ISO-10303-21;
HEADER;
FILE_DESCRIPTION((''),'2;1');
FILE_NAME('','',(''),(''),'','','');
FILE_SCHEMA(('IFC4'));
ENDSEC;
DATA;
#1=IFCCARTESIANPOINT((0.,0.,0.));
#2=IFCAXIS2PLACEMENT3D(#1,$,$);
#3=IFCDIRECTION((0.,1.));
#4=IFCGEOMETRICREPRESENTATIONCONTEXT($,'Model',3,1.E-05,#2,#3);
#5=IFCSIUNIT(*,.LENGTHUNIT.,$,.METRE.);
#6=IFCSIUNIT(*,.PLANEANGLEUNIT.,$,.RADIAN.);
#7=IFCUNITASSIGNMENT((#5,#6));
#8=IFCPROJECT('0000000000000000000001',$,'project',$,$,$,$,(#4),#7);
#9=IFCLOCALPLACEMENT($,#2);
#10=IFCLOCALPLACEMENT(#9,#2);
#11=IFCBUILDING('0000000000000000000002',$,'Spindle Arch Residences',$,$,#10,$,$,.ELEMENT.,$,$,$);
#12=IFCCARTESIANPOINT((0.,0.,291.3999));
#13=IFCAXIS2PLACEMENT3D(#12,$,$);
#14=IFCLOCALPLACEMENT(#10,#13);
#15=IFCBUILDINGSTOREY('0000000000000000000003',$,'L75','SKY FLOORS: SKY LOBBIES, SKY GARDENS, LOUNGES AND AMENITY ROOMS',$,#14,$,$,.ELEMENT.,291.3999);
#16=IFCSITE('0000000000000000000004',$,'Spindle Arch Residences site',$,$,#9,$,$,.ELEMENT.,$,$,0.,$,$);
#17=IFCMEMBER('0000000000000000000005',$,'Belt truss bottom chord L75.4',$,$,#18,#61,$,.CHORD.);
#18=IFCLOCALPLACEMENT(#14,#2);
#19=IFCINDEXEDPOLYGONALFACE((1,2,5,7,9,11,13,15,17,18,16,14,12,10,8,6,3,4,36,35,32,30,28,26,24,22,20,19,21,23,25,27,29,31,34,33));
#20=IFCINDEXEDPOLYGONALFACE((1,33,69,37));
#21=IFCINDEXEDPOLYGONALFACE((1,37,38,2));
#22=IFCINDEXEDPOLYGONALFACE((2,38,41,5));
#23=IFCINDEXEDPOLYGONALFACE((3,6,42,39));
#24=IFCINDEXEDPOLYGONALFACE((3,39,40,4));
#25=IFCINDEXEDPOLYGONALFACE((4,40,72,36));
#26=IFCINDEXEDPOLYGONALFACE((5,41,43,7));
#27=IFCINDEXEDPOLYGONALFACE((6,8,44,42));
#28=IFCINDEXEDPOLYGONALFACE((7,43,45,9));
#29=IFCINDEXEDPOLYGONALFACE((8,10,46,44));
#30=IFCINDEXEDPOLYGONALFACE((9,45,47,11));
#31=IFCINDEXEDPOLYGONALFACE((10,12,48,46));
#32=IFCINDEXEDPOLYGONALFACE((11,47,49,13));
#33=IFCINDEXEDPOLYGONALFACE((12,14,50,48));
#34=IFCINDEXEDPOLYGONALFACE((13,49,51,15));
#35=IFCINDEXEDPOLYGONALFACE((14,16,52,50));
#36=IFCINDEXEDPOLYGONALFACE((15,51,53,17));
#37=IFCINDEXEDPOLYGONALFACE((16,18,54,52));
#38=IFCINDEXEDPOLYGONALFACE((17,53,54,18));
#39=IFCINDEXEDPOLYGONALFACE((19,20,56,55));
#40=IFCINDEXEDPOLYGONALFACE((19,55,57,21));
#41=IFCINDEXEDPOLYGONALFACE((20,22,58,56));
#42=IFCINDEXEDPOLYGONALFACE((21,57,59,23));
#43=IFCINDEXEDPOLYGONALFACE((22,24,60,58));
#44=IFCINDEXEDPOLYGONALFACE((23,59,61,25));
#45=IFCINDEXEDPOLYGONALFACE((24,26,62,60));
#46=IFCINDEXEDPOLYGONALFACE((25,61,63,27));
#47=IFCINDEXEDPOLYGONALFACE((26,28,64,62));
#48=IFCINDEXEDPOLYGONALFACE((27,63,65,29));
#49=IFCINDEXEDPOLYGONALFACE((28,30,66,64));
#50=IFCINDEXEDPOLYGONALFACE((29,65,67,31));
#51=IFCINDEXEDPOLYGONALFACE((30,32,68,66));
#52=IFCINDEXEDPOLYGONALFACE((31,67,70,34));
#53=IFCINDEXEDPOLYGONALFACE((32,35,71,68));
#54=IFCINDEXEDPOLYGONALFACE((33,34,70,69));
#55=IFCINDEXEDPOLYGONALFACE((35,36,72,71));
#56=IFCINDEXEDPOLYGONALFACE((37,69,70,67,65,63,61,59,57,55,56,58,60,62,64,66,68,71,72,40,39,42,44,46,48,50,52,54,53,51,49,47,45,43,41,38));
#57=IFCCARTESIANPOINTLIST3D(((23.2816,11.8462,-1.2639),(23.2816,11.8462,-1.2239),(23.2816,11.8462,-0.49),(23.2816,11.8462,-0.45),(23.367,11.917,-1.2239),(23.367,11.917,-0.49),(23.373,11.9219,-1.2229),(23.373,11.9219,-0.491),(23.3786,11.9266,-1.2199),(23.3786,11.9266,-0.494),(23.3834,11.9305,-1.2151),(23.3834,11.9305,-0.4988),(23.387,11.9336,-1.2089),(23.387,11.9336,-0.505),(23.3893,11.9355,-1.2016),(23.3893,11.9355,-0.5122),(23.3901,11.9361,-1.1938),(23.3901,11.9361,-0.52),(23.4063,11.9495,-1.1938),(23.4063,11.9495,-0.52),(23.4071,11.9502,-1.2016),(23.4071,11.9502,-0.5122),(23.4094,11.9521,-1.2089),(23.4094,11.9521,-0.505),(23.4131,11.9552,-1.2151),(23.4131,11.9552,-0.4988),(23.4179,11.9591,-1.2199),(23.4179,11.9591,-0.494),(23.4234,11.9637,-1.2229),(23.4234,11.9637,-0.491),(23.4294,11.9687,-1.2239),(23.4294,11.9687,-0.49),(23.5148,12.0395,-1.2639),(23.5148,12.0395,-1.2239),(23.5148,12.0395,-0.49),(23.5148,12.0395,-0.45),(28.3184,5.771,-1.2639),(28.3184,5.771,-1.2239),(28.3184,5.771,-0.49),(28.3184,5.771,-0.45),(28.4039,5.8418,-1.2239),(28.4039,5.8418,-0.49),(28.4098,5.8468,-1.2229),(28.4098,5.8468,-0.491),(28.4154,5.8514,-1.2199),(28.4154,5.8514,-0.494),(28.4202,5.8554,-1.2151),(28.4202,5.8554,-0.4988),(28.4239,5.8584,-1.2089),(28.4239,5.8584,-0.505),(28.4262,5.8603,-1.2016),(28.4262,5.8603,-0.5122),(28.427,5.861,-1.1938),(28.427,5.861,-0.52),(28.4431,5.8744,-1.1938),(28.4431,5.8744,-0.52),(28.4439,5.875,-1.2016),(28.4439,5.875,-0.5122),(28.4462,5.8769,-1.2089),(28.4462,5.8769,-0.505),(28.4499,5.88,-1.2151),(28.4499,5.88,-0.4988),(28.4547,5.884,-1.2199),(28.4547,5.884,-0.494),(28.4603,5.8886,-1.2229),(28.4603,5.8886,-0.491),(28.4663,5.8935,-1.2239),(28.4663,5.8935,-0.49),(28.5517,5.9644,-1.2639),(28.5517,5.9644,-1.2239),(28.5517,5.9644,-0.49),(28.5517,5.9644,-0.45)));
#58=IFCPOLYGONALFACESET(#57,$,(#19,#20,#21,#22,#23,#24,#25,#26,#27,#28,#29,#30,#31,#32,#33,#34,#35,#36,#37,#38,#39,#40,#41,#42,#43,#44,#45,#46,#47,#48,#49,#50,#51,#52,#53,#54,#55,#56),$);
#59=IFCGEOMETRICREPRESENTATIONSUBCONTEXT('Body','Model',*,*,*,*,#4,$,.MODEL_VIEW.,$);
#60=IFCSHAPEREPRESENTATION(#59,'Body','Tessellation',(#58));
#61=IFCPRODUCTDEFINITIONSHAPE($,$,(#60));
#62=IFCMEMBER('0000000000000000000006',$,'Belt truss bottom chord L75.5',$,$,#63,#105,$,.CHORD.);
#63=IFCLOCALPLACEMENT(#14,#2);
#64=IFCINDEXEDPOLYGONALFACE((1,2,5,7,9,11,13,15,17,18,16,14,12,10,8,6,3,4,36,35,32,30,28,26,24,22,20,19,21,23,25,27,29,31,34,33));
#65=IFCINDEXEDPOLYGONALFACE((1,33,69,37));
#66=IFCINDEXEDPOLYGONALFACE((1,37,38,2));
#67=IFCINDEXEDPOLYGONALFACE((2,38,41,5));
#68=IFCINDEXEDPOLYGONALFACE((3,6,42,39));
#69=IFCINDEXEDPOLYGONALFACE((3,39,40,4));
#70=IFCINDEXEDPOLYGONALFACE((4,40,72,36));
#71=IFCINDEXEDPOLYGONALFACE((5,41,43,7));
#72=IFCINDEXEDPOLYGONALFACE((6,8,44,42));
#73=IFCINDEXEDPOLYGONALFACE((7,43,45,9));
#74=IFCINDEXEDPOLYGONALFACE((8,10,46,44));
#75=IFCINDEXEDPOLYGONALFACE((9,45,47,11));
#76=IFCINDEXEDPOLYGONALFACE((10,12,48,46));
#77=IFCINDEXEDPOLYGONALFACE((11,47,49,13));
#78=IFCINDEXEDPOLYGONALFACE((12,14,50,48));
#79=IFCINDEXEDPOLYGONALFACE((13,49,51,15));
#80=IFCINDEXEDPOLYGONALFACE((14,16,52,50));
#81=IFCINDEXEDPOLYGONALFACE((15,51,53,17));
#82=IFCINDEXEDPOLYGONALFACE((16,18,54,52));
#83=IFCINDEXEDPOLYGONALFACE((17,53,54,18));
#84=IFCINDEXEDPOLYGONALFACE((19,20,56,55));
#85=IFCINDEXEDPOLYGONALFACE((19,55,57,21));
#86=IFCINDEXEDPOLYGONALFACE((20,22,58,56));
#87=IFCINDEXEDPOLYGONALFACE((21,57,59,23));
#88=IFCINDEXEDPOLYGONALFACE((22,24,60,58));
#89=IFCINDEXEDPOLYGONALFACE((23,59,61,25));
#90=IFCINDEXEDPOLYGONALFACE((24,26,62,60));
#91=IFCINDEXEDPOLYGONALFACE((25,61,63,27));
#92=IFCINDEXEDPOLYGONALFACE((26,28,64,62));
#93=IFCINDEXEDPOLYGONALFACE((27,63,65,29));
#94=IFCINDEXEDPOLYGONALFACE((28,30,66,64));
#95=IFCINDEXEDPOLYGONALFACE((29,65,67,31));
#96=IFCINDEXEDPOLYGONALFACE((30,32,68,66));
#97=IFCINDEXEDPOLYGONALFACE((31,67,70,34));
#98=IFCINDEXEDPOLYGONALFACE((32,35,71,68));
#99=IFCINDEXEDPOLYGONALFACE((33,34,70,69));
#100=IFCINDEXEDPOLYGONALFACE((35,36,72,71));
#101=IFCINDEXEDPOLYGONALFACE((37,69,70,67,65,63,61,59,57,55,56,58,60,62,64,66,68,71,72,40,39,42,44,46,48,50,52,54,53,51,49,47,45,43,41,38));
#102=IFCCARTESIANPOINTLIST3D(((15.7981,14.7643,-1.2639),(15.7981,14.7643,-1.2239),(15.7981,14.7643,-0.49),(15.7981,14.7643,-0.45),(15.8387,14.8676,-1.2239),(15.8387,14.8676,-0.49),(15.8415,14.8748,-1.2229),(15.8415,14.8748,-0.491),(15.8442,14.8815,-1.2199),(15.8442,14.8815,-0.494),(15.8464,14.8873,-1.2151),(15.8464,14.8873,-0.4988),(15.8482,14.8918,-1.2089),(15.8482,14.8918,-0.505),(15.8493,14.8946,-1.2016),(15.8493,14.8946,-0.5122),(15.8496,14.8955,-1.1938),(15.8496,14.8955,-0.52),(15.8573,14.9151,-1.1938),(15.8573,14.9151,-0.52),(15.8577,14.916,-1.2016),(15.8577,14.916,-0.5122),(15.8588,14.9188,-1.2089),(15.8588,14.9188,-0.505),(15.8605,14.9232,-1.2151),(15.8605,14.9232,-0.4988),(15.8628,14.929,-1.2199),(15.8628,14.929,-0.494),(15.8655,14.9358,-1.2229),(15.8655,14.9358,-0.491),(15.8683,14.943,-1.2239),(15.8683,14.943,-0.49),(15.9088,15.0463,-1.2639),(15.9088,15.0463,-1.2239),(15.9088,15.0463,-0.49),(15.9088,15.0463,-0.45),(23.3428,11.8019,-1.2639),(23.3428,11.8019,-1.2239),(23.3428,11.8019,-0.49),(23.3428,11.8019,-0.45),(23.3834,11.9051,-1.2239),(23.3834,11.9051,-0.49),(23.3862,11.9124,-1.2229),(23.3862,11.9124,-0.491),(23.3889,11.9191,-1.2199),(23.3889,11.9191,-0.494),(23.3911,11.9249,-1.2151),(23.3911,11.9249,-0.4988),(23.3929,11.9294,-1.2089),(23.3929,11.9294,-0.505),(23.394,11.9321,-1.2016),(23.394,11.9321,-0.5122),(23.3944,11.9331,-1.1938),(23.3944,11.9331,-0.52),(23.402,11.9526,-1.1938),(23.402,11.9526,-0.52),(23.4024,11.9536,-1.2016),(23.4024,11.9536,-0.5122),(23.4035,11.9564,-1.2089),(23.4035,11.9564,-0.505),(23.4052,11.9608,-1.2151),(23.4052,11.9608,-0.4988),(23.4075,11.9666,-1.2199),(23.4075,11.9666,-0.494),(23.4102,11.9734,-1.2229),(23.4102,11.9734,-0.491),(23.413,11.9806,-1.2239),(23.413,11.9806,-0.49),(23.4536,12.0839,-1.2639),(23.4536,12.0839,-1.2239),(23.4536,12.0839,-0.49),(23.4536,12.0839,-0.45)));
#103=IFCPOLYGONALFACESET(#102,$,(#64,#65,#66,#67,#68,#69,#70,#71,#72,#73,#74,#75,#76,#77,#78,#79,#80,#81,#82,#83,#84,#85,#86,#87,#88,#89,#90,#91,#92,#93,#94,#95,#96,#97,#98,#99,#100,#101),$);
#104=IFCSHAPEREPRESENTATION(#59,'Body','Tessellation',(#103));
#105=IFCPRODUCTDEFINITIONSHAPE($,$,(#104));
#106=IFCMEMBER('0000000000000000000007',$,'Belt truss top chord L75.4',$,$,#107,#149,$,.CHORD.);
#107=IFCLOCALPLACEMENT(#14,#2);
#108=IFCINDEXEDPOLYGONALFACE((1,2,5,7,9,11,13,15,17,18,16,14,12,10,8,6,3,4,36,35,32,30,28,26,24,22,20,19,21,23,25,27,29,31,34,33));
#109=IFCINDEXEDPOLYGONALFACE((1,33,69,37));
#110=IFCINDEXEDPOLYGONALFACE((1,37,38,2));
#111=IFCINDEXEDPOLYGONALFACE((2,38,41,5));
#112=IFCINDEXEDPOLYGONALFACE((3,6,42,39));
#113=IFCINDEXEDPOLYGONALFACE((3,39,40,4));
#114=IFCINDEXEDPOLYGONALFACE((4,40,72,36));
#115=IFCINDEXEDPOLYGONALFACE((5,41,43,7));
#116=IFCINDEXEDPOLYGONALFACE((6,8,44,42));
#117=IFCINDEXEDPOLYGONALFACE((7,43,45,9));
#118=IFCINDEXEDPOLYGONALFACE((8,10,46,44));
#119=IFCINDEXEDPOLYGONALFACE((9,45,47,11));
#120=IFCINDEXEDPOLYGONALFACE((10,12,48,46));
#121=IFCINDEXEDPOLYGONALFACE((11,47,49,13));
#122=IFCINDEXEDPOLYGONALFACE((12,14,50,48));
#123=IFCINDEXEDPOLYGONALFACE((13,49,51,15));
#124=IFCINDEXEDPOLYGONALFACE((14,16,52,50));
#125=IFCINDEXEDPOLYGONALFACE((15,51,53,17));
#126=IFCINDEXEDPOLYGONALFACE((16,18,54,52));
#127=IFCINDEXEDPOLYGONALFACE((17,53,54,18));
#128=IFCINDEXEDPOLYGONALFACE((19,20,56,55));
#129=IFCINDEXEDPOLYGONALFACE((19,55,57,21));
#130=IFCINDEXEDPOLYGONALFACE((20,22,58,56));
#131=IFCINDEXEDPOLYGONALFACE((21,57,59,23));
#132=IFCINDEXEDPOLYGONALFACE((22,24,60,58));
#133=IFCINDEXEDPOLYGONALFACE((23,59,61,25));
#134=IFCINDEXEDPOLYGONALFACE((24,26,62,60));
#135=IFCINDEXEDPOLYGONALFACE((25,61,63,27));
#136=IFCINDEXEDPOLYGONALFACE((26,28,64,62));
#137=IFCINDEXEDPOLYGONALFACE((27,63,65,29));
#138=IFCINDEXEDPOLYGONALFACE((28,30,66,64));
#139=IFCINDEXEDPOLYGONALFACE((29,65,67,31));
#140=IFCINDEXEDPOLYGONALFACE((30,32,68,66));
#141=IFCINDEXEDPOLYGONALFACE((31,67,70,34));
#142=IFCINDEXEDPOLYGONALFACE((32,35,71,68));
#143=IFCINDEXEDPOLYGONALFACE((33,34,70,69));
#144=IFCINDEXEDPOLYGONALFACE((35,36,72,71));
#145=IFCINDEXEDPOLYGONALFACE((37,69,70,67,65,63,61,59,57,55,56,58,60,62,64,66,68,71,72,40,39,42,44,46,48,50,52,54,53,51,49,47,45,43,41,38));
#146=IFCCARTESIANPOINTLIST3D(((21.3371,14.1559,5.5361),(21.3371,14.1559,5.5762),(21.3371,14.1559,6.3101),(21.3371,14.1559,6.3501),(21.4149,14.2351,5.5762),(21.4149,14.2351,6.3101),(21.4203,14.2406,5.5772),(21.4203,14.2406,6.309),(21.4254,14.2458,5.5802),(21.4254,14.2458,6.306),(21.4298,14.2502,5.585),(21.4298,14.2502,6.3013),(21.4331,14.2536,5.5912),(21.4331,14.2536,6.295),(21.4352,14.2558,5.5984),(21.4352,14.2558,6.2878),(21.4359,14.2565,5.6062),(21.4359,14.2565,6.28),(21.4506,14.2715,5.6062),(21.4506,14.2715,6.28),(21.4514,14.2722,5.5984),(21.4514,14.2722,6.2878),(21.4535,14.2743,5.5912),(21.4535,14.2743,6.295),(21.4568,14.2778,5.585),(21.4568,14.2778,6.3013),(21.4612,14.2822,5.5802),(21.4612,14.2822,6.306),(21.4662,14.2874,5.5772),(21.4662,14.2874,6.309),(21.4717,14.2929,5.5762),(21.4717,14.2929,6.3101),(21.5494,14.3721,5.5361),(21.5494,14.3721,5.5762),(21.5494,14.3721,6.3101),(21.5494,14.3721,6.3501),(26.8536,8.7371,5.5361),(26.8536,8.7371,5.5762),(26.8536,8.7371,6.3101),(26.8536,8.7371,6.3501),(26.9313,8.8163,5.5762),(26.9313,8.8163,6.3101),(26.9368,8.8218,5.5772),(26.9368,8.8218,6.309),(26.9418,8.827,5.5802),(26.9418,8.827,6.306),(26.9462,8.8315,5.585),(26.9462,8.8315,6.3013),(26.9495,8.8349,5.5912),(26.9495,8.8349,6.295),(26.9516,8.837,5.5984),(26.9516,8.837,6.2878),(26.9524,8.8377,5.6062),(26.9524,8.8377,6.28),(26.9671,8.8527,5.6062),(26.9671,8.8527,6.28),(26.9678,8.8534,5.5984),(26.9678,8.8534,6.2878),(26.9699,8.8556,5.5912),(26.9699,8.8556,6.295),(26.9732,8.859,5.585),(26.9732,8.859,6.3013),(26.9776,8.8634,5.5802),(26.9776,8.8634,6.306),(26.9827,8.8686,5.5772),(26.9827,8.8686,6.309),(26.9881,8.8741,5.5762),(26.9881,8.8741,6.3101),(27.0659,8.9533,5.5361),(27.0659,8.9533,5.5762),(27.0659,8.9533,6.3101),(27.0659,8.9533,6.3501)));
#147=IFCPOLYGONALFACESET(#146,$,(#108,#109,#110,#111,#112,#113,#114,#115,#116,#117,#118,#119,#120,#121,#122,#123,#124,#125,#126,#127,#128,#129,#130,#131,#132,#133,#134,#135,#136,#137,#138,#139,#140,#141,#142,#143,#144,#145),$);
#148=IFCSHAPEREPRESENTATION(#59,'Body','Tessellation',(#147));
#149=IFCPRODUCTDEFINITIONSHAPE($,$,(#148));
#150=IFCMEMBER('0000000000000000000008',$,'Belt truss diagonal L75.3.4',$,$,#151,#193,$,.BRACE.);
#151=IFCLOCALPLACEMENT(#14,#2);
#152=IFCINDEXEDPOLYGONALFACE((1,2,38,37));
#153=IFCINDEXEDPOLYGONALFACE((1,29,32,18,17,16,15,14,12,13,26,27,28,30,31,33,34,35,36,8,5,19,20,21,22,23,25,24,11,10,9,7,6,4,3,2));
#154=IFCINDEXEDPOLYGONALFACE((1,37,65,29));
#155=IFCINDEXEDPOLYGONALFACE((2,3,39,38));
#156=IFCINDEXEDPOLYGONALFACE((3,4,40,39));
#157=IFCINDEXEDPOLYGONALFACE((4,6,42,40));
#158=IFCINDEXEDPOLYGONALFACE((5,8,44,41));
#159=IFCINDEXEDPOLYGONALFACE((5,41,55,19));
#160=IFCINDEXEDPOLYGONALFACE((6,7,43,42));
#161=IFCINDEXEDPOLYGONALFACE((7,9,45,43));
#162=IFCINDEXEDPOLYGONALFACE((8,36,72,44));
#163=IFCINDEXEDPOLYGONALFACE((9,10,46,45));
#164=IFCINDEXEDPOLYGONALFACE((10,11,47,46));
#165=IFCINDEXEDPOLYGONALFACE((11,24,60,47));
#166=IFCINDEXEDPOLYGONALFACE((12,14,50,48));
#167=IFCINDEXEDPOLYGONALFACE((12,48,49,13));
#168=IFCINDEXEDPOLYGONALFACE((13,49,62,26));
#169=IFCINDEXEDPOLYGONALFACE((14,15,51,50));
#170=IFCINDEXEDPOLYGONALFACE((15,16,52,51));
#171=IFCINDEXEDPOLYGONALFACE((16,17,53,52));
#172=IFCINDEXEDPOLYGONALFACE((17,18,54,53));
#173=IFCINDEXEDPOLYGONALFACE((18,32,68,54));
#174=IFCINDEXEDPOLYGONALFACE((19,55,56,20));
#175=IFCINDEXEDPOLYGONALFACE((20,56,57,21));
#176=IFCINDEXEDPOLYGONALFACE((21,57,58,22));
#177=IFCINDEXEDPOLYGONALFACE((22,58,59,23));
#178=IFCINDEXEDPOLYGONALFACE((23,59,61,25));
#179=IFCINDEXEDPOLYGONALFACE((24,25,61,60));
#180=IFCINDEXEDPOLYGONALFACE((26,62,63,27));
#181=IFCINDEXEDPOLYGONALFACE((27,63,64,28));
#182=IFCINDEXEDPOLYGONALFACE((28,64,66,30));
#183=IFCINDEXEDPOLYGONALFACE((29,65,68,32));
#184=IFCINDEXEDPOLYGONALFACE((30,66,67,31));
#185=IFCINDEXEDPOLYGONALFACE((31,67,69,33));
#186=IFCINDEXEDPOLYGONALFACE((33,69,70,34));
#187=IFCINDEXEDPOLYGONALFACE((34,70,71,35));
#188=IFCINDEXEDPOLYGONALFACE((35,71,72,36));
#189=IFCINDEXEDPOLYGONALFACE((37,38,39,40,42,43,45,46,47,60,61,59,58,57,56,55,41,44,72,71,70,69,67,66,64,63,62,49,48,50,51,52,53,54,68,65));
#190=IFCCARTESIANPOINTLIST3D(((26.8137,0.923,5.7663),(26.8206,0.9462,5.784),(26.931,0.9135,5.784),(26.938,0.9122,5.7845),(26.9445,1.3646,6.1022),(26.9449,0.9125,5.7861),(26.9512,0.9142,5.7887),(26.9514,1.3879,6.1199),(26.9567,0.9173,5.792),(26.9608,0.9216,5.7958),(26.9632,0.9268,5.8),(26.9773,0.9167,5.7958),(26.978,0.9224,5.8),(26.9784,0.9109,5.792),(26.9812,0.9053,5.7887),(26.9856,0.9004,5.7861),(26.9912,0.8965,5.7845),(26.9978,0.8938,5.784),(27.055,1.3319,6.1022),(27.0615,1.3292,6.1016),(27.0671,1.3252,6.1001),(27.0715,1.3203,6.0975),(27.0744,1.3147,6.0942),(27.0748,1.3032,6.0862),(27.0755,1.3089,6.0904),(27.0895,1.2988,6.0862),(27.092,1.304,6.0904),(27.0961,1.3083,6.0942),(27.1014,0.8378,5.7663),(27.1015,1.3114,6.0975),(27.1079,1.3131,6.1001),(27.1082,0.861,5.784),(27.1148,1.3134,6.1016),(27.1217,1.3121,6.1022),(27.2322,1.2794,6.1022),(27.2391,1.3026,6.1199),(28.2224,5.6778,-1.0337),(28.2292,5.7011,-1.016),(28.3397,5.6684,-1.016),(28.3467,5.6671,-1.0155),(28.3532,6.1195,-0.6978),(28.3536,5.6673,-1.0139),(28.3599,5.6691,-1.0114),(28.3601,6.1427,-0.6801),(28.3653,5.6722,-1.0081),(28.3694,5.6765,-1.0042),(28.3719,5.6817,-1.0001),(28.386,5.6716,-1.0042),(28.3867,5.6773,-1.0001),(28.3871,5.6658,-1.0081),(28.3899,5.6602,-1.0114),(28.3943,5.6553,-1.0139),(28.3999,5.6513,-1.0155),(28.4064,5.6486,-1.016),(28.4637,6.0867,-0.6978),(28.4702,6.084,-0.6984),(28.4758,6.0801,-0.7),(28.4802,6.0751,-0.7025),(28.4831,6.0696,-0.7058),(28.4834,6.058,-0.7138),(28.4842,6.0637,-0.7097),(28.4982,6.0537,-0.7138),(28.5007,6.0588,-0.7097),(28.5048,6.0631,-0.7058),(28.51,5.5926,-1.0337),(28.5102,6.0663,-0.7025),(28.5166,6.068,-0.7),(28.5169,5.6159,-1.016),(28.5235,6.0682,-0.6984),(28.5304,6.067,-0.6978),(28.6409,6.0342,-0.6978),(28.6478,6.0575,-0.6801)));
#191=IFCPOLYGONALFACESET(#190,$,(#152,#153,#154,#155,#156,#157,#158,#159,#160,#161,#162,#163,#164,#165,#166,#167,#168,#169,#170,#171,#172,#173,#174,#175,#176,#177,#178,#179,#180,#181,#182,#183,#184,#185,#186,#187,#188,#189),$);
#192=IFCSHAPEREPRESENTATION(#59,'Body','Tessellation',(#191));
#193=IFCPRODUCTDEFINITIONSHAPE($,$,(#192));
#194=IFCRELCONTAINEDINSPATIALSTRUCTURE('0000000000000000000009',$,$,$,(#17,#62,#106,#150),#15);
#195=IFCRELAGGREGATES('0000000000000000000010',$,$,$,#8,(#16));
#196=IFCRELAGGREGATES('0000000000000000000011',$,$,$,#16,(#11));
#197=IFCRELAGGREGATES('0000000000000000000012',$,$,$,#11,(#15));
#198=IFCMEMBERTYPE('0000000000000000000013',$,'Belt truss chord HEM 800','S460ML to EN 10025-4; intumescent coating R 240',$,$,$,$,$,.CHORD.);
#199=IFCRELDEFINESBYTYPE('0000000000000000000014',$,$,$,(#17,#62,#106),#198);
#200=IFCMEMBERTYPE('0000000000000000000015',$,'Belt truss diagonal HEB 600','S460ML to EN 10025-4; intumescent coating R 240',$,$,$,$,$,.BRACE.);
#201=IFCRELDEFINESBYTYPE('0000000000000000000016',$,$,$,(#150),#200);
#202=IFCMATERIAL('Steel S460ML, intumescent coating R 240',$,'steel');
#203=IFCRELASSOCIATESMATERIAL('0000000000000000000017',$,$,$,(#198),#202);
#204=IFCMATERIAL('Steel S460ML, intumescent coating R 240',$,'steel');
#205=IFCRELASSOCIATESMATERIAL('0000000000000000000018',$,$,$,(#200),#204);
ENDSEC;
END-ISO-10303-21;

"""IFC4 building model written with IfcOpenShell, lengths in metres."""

from ifc_helpers import new_model, si_unit, direction, frame, origin, origin_2d, place, context, subcontext, project, spatial, i_section, extrude, material, material_profile, profile_set, type_object, element, save


model = new_model("IFC4")

# Units and contexts
model_context = context("Model", 3, precision=1e-05, world=origin(), true_north=direction((0.0, 1.0)))
body_context = subcontext(model_context, "Body", "Model", "MODEL_VIEW")
ifc_project = project(units=[si_unit("LENGTHUNIT", "METRE"), si_unit("PLANEANGLEUNIT", "RADIAN")], contexts=[model_context])

# Site, building, storey
site_placement = place(None, origin())
site = spatial("IfcSite", under=ifc_project, at=site_placement, Name="Spindle Arch Residences site", CompositionType="ELEMENT", RefElevation=0.0)
building_placement = place(site_placement, origin())
building = spatial("IfcBuilding", under=site, at=building_placement, Name="Spindle Arch Residences", CompositionType="ELEMENT")
storey_placement = place(building_placement, frame((0.0, 0.0, 291.3999)))
storey = spatial("IfcBuildingStorey", under=building, at=storey_placement, Name="L75", Description="SKY FLOORS: SKY LOBBIES, SKY GARDENS, LOUNGES AND AMENITY ROOMS", CompositionType="ELEMENT", Elevation=291.3999)

# Members
ifc_material_1 = material(Name="Steel S460ML, intumescent coating R 240", Category="steel")
ifc_material_profile_1 = material_profile(ifc_material_1, i_section(OverallWidth=0.303, OverallDepth=0.814, WebThickness=0.021, FlangeThickness=0.04, FilletRadius=0.03, at=origin_2d()), Name="HEM 800")
ifc_profile_set_1 = profile_set([ifc_material_profile_1], Name="Steel S460ML, intumescent coating R 240")
member_type_1 = type_object("IfcMemberType", Name="Belt truss chord HEM 800", Description="S460ML to EN 10025-4; intumescent coating R 240", PredefinedType="CHORD", material=ifc_profile_set_1)
member_1_placement = place(storey_placement, frame((28.4351, 5.8677, -0.8569), z_axis=(-0.638253, 0.769827, 0.0), x_axis=(-0.769827, -0.638253, 0.0)))
element("IfcMember", 1, at=member_1_placement, inside=storey, type_object=member_type_1, Name="Belt truss bottom chord L75.4", PredefinedType="CHORD", context=body_context, shape_type="SweptSolid", body=[
    extrude(i_section(OverallWidth=0.303, OverallDepth=0.814, WebThickness=0.021, FlangeThickness=0.04, FilletRadius=0.03, at=origin_2d()), origin(), (0.0, 0.0, 1.0), 7.8916),
])
member_2_placement = place(storey_placement, frame((23.3982, 11.9429, -0.8569), z_axis=(-0.930818, 0.365484, 0.0), x_axis=(-0.365484, -0.930818, 0.0)))
element("IfcMember", 2, at=member_2_placement, inside=storey, type_object=member_type_1, Name="Belt truss bottom chord L75.5", PredefinedType="CHORD", context=body_context, shape_type="SweptSolid", body=[
    extrude(i_section(OverallWidth=0.303, OverallDepth=0.814, WebThickness=0.021, FlangeThickness=0.04, FilletRadius=0.03, at=origin_2d()), origin(), (0.0, 0.0, 1.0), 8.1055),
])
member_3_placement = place(storey_placement, frame((26.9597, 8.8452, 5.9431), z_axis=(-0.713393, 0.700764, 0.0), x_axis=(-0.700764, -0.713393, 0.0)))
element("IfcMember", 3, at=member_3_placement, inside=storey, type_object=member_type_1, Name="Belt truss top chord L75.4", PredefinedType="CHORD", context=body_context, shape_type="SweptSolid", body=[
    extrude(i_section(OverallWidth=0.303, OverallDepth=0.814, WebThickness=0.021, FlangeThickness=0.04, FilletRadius=0.03, at=origin_2d()), origin(), (0.0, 0.0, 1.0), 7.7327),
])
ifc_material_2 = material(Name="Steel S460ML, intumescent coating R 240", Category="steel")
ifc_material_profile_2 = material_profile(ifc_material_2, i_section(OverallWidth=0.3, OverallDepth=0.6001, WebThickness=0.0154, FlangeThickness=0.03, FilletRadius=0.0271, at=origin_2d()), Name="HEB 600")
ifc_profile_set_2 = profile_set([ifc_material_profile_2], Name="Steel S460ML, intumescent coating R 240")
member_type_2 = type_object("IfcMemberType", Name="Belt truss diagonal HEB 600", Description="S460ML to EN 10025-4; intumescent coating R 240", PredefinedType="BRACE", material=ifc_profile_set_2)
member_4_placement = place(storey_placement, frame((28.4351, 5.8677, -0.8569), z_axis=(-0.167377, -0.564962, 0.807962), x_axis=(0.958807, -0.284058, 0.0)))
element("IfcMember", 4, at=member_4_placement, inside=storey, type_object=member_type_2, Name="Belt truss diagonal L75.3.4", PredefinedType="BRACE", context=body_context, shape_type="SweptSolid", body=[
    extrude(i_section(OverallWidth=0.3, OverallDepth=0.6001, WebThickness=0.0154, FlangeThickness=0.03, FilletRadius=0.0271, at=origin_2d()), origin(), (0.0, 0.0, 1.0), 8.4163),
])

save(model, "model.ifc")
